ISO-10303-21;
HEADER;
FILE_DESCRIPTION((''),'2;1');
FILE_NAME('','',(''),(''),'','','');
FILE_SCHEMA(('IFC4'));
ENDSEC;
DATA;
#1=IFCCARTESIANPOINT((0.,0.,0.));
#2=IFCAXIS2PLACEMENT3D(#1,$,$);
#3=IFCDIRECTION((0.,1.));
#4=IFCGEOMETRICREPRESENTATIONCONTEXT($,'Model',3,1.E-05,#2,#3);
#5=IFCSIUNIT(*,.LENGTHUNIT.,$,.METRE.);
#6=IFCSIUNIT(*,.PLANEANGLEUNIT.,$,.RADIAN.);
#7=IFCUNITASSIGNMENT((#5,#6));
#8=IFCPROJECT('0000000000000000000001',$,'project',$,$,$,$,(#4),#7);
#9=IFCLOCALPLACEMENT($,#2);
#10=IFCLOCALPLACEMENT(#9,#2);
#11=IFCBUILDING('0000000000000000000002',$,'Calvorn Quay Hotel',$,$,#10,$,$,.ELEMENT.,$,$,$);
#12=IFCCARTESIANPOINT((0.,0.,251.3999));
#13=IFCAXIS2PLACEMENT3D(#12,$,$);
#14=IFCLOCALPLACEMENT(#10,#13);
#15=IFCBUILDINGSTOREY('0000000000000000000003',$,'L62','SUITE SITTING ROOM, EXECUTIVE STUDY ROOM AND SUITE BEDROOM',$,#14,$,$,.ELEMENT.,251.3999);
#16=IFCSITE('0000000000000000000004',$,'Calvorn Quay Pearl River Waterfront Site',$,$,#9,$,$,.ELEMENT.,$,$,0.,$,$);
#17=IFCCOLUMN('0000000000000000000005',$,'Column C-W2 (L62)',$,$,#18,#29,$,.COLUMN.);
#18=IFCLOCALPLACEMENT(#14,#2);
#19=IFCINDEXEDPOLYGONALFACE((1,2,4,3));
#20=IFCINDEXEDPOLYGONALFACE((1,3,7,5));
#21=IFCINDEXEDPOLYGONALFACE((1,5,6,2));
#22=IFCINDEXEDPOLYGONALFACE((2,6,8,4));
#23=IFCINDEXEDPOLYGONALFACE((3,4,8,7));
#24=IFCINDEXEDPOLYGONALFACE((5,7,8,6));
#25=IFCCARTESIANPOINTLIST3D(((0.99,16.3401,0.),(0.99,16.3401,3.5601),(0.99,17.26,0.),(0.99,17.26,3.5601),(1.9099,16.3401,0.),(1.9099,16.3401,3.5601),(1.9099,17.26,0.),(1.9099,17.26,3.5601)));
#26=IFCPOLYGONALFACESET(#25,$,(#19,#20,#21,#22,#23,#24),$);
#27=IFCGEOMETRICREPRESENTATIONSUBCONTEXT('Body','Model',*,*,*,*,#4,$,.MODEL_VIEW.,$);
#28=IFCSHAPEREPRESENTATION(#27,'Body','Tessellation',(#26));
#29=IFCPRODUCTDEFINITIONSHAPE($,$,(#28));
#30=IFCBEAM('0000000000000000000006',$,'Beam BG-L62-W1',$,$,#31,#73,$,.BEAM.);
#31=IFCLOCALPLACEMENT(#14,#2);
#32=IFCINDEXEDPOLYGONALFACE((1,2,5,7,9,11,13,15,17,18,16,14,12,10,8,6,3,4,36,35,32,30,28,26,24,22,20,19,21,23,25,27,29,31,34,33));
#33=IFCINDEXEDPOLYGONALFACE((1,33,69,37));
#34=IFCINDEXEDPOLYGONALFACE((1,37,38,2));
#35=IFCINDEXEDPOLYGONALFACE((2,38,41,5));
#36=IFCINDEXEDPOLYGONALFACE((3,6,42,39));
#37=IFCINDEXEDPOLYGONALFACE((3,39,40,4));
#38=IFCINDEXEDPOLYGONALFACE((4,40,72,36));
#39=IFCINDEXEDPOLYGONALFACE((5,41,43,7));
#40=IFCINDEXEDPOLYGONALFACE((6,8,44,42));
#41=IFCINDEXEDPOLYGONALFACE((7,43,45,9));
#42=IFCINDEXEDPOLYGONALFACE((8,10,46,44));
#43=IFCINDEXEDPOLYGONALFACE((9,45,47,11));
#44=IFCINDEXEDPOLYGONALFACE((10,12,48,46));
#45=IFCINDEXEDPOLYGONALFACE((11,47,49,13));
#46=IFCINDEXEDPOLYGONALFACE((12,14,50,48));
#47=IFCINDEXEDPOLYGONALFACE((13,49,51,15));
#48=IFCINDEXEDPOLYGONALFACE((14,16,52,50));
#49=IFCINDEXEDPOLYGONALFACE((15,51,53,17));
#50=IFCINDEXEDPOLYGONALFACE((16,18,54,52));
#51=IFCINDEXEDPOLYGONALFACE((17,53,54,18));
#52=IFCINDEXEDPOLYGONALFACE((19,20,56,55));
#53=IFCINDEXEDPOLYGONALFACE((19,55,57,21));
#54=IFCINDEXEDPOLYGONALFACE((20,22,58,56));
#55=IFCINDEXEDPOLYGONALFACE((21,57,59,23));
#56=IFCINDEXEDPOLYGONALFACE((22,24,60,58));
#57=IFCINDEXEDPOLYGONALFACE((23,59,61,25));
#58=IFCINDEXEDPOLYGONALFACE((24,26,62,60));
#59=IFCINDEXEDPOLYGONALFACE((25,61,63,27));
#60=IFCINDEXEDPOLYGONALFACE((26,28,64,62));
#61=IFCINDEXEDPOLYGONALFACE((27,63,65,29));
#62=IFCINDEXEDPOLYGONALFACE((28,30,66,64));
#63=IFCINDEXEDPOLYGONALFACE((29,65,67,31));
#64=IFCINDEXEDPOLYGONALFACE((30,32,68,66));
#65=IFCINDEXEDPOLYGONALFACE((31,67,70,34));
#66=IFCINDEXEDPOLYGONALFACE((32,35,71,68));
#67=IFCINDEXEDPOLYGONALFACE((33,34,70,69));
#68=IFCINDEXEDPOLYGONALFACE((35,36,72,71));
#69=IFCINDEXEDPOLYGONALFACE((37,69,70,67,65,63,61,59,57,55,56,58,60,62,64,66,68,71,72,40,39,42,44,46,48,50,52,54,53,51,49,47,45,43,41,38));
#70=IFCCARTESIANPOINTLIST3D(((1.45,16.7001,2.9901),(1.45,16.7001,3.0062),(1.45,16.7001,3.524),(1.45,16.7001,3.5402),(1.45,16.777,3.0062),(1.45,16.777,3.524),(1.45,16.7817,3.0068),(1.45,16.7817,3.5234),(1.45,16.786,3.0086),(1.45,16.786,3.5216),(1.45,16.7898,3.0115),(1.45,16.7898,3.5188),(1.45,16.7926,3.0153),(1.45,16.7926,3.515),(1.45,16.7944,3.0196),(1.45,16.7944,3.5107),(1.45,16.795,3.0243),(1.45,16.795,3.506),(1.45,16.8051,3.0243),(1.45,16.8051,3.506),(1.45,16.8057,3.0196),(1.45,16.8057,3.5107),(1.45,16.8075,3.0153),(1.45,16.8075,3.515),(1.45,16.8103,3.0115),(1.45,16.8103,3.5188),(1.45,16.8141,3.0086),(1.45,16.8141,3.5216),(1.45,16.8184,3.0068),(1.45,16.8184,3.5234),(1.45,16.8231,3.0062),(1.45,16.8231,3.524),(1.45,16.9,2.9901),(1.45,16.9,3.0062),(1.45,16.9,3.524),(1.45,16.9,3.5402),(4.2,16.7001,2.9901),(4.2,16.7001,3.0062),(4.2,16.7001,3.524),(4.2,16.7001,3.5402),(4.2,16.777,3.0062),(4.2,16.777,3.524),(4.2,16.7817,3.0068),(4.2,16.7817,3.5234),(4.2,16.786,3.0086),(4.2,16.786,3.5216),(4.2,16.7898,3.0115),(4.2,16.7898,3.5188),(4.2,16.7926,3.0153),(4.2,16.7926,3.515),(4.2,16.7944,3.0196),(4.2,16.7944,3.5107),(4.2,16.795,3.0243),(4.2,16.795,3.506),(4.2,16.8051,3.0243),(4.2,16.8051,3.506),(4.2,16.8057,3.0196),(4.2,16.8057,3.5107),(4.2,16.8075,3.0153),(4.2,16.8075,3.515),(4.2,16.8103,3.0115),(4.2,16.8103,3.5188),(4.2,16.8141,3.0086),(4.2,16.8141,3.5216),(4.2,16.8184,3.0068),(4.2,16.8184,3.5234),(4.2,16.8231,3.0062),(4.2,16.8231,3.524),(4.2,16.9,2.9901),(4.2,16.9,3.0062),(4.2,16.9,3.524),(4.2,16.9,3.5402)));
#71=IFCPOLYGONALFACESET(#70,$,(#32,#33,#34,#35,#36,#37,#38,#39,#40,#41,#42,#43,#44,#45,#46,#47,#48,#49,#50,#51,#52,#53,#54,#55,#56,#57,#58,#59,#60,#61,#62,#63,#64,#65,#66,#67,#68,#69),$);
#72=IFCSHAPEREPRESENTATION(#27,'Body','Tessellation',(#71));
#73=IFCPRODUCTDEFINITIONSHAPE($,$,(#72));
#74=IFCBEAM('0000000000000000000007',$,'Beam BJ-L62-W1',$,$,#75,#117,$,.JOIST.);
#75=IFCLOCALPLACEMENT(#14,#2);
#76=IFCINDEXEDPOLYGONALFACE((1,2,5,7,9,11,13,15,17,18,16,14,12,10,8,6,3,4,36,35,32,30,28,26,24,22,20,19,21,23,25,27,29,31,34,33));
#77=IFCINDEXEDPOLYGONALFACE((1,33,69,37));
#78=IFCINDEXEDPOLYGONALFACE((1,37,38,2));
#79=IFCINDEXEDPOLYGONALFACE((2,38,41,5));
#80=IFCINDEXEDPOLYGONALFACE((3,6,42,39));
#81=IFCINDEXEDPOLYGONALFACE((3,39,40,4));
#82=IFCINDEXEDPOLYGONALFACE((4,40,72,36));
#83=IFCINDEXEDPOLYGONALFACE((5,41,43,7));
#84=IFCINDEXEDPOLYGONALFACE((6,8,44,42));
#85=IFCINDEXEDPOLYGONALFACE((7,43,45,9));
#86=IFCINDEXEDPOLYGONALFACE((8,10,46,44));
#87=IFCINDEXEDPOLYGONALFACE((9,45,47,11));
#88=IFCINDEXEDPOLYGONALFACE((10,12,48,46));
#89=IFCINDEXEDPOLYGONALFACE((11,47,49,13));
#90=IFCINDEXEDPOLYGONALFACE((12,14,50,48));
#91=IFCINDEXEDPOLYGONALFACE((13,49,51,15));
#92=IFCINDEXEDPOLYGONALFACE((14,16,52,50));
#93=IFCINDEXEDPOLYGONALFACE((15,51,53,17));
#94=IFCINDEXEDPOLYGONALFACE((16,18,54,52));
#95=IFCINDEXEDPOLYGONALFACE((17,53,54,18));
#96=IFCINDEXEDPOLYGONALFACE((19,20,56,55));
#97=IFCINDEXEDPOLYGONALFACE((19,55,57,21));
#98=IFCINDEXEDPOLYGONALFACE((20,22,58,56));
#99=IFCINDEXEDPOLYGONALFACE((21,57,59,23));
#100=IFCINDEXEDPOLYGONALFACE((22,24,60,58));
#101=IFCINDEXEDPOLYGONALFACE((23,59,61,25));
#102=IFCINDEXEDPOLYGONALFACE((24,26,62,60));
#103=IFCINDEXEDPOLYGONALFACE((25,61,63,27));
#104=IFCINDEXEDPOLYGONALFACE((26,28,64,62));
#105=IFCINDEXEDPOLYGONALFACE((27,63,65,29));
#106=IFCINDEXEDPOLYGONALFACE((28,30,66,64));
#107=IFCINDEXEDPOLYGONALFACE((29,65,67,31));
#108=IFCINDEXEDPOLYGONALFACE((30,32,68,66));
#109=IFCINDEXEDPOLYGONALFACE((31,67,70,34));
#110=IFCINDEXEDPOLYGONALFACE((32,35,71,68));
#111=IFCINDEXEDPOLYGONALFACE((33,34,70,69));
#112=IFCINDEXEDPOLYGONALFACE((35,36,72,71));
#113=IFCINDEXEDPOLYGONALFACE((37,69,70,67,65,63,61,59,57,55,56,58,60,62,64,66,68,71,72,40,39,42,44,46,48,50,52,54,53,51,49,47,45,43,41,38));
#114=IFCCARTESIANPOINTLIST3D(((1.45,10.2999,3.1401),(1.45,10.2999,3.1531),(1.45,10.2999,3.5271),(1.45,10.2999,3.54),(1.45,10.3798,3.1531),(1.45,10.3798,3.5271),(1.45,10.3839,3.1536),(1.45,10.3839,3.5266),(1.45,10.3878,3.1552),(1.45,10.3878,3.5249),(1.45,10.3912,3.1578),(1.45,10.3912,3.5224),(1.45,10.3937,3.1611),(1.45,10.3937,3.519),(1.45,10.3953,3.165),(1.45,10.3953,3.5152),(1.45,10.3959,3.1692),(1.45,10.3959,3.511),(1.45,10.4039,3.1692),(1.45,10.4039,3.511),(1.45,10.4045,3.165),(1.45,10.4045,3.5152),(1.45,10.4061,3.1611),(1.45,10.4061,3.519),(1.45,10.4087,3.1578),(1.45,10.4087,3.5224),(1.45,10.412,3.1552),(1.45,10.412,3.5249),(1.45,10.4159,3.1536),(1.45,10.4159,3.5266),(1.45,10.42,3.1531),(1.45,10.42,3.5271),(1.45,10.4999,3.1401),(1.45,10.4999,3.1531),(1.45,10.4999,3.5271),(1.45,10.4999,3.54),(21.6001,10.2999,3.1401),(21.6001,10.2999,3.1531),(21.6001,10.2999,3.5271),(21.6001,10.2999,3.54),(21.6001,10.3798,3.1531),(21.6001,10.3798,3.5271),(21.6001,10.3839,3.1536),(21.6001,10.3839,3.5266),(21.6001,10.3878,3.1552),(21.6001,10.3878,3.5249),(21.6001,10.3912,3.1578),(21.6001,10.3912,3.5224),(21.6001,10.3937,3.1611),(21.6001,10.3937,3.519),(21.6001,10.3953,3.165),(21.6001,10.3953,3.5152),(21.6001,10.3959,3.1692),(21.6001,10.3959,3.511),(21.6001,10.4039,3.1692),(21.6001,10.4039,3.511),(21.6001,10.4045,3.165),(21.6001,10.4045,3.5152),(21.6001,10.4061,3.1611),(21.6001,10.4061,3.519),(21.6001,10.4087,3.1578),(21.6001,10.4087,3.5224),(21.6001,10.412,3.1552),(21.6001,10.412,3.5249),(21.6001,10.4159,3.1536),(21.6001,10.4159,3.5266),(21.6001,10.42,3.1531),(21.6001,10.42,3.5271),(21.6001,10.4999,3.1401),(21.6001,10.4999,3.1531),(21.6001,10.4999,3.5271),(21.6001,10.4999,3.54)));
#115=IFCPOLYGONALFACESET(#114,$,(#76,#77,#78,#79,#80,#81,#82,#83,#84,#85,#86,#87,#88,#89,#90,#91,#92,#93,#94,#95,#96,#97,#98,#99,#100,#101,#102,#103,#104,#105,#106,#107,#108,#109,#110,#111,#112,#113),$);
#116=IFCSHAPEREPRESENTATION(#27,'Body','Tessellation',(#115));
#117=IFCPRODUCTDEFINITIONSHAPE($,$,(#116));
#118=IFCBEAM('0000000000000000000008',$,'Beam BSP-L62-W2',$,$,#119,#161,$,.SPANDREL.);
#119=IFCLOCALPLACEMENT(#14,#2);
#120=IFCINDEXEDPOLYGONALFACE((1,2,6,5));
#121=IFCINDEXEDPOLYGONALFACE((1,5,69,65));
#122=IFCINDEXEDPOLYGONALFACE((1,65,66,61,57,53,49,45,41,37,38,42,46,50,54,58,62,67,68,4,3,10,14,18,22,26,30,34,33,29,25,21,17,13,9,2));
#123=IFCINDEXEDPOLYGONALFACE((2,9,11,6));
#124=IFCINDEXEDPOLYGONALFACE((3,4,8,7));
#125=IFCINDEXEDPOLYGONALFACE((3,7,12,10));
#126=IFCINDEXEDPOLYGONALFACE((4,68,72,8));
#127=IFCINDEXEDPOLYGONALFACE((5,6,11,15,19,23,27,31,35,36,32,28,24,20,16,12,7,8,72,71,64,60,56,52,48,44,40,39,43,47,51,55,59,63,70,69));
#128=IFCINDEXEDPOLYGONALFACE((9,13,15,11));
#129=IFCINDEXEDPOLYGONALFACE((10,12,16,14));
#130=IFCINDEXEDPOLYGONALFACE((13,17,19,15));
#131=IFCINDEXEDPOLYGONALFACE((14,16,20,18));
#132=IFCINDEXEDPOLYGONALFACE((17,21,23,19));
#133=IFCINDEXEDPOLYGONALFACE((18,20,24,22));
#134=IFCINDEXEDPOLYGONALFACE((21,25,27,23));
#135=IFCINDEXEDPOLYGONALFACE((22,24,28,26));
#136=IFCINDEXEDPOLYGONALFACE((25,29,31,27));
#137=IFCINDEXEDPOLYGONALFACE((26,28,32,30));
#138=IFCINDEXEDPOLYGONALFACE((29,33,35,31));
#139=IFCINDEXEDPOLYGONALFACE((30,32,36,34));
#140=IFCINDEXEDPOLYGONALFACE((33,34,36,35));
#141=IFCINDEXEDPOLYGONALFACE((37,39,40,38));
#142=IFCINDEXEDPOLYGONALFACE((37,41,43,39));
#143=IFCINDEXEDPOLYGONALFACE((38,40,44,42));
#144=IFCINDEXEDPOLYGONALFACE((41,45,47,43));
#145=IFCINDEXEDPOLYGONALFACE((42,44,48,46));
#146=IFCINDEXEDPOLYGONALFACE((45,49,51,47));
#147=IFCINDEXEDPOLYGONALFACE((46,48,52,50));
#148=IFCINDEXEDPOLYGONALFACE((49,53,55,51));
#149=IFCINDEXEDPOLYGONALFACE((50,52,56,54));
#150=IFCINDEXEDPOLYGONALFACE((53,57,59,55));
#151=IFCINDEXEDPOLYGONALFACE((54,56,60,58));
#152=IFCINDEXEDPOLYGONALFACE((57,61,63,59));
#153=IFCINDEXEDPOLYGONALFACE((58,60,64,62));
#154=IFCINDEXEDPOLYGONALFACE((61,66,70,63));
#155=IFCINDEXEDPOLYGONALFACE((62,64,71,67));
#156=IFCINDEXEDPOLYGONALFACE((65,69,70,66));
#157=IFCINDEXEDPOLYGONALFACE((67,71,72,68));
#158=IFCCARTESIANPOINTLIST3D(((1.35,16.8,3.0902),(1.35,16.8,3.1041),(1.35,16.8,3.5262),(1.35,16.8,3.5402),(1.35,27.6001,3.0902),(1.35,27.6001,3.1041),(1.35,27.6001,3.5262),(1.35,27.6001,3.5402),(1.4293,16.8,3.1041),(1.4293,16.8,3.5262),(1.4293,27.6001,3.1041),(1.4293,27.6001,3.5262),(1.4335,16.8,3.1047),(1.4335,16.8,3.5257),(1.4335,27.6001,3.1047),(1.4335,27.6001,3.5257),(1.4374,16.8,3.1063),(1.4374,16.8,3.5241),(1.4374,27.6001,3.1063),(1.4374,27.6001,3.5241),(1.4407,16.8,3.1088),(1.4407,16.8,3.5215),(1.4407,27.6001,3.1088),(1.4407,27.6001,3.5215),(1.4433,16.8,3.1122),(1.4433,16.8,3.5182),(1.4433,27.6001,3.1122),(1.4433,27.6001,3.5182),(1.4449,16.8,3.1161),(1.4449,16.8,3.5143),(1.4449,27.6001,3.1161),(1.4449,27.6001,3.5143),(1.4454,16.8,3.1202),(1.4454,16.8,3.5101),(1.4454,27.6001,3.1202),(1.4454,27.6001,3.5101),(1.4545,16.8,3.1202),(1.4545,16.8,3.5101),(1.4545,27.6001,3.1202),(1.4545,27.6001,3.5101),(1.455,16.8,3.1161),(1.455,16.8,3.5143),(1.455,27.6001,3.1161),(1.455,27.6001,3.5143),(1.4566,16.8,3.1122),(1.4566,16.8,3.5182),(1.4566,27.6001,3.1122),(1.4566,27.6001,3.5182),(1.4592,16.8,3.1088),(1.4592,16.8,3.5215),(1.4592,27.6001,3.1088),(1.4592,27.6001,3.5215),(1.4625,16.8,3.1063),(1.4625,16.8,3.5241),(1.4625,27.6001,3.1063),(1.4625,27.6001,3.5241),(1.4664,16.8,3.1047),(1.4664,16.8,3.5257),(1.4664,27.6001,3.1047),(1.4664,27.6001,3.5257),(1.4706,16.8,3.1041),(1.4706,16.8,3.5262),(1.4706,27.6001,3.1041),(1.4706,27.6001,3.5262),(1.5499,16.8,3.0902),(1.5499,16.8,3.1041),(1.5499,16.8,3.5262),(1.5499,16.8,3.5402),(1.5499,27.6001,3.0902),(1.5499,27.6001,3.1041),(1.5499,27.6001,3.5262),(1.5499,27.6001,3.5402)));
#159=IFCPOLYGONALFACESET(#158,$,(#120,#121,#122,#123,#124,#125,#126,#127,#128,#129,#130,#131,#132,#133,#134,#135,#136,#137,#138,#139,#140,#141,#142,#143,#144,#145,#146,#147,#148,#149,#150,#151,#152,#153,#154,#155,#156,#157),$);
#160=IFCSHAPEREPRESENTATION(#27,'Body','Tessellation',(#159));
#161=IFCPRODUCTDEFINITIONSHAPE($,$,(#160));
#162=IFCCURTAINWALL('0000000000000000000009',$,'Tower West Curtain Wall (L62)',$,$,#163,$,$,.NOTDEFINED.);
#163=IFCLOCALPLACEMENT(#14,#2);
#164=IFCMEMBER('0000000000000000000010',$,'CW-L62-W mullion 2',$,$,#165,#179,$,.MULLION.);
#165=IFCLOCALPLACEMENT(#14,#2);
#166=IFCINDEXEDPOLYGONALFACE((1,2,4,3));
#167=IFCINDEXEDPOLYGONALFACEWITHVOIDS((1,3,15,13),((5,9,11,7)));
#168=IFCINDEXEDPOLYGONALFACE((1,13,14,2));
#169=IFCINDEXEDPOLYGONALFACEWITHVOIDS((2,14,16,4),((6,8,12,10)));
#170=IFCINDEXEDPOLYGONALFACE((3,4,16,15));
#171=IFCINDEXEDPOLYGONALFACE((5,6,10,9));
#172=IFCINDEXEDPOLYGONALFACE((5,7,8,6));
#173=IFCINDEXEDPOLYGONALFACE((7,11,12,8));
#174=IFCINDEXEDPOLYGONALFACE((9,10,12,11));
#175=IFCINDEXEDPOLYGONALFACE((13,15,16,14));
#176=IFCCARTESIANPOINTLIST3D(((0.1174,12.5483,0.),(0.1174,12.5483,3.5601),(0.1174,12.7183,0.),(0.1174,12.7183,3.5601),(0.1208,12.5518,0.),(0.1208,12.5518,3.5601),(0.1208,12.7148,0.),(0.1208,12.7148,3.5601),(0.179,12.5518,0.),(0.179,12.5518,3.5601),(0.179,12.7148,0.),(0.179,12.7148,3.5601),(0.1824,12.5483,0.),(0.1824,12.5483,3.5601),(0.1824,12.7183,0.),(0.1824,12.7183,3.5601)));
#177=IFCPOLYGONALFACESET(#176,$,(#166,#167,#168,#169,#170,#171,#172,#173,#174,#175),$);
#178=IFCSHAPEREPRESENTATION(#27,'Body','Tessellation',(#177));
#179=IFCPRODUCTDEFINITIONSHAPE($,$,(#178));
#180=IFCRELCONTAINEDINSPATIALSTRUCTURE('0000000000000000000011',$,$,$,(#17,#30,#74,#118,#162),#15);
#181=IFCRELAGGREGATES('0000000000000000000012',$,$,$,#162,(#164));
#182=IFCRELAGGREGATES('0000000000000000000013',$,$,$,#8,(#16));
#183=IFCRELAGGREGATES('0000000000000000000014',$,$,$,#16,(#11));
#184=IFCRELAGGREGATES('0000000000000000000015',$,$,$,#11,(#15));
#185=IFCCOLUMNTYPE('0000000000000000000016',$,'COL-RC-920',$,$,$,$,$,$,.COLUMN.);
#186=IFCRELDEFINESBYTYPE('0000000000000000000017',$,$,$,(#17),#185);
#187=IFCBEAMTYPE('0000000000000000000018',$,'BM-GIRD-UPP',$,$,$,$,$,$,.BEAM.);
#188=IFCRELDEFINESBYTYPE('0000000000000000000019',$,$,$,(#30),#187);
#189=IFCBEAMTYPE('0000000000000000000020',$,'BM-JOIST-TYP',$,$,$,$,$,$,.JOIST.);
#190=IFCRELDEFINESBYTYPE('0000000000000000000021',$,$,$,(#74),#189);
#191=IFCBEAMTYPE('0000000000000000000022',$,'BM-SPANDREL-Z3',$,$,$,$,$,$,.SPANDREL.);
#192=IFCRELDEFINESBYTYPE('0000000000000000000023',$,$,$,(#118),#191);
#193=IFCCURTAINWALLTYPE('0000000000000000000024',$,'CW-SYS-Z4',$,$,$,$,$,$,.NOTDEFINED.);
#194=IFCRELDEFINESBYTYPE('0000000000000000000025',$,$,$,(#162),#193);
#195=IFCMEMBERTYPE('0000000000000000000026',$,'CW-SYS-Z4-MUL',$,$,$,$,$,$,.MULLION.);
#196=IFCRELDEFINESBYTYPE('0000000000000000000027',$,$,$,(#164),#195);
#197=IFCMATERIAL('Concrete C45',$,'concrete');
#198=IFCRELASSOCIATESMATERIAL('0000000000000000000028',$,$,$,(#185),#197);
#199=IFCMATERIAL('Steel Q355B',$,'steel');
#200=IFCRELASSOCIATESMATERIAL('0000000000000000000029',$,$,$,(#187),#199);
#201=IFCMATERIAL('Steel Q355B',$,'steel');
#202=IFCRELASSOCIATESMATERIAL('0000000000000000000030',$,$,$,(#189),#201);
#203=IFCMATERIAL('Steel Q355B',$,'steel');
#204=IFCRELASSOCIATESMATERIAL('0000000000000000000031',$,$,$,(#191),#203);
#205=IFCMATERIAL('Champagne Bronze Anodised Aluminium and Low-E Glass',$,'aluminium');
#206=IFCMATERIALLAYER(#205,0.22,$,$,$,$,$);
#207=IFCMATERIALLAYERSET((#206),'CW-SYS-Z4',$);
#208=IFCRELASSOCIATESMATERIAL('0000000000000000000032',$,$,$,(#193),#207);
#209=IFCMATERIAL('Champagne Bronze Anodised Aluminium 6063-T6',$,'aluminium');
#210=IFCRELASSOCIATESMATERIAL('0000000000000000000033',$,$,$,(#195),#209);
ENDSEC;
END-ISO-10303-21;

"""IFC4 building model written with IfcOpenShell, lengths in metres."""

from ifc_helpers import new_model, si_unit, direction, frame, origin, origin_2d, place, context, subcontext, project, spatial, rectangle, hollow_rectangle, i_section, extrude, material, layer, layer_set, material_profile, profile_set, type_object, element, aggregate, save


model = new_model("IFC4")

# Units and contexts
model_context = context("Model", 3, precision=1e-05, world=origin(), true_north=direction((0.0, 1.0)))
body_context = subcontext(model_context, "Body", "Model", "MODEL_VIEW")
ifc_project = project(units=[si_unit("LENGTHUNIT", "METRE"), si_unit("PLANEANGLEUNIT", "RADIAN")], contexts=[model_context])

# Site, building, storey
site_placement = place(None, origin())
site = spatial("IfcSite", under=ifc_project, at=site_placement, Name="Calvorn Quay Pearl River Waterfront Site", CompositionType="ELEMENT", RefElevation=0.0)
building_placement = place(site_placement, origin())
building = spatial("IfcBuilding", under=site, at=building_placement, Name="Calvorn Quay Hotel", CompositionType="ELEMENT")
storey_placement = place(building_placement, frame((0.0, 0.0, 251.3999)))
storey = spatial("IfcBuildingStorey", under=building, at=storey_placement, Name="L62", Description="SUITE SITTING ROOM, EXECUTIVE STUDY ROOM AND SUITE BEDROOM", CompositionType="ELEMENT", Elevation=251.3999)

# Column
ifc_material_1 = material(Name="Concrete C45", Category="concrete")
ifc_material_profile_1 = material_profile(ifc_material_1, rectangle(XDim=0.9199, YDim=0.9199, at=origin_2d()), Name="RC920x920")
ifc_profile_set_1 = profile_set([ifc_material_profile_1], Name="Concrete C45")
column_type = type_object("IfcColumnType", Name="COL-RC-920", PredefinedType="COLUMN", material=ifc_profile_set_1)
column_placement = place(storey_placement, frame((1.45, 16.8, 0.0), z_axis=(0.0, 0.0, 1.0), x_axis=(1.0, 0.0, 0.0)))
element("IfcColumn", 1, at=column_placement, inside=storey, type_object=column_type, Name="Column C-W2 (L62)", PredefinedType="COLUMN", context=body_context, shape_type="SweptSolid", body=[
    extrude(rectangle(XDim=0.9199, YDim=0.9199, at=origin_2d()), origin(), (0.0, 0.0, 1.0), 3.5601),
])

# Beams
ifc_material_2 = material(Name="Steel Q355B", Category="steel")
ifc_material_profile_2 = material_profile(ifc_material_2, i_section(OverallWidth=0.2, OverallDepth=0.55, WebThickness=0.01, FlangeThickness=0.0161, FilletRadius=0.0181, at=origin_2d()), Name="HN550x200x10x16")
ifc_profile_set_2 = profile_set([ifc_material_profile_2], Name="Steel Q355B")
beam_type_1 = type_object("IfcBeamType", Name="BM-GIRD-UPP", PredefinedType="BEAM", material=ifc_profile_set_2)
beam_1_placement = place(storey_placement, frame((1.45, 16.8, 3.2651), z_axis=(1.0, 0.0, 0.0), x_axis=(0.0, 1.0, 0.0)))
element("IfcBeam", 2, at=beam_1_placement, inside=storey, type_object=beam_type_1, Name="Beam BG-L62-W1", PredefinedType="BEAM", context=body_context, shape_type="SweptSolid", body=[
    extrude(i_section(OverallWidth=0.2, OverallDepth=0.55, WebThickness=0.01, FlangeThickness=0.0161, FilletRadius=0.0181, at=origin_2d()), origin(), (0.0, 0.0, 1.0), 2.75),
])
ifc_material_3 = material(Name="Steel Q355B", Category="steel")
ifc_material_profile_3 = material_profile(ifc_material_3, i_section(OverallWidth=0.2, OverallDepth=0.3999, WebThickness=0.0081, FlangeThickness=0.0129, FilletRadius=0.0161, at=origin_2d()), Name="HN400x200x8x13")
ifc_profile_set_3 = profile_set([ifc_material_profile_3], Name="Steel Q355B")
beam_type_2 = type_object("IfcBeamType", Name="BM-JOIST-TYP", PredefinedType="JOIST", material=ifc_profile_set_3)
beam_2_placement = place(storey_placement, frame((1.45, 10.3999, 3.3401), z_axis=(1.0, 0.0, 0.0), x_axis=(0.0, 1.0, 0.0)))
element("IfcBeam", 3, at=beam_2_placement, inside=storey, type_object=beam_type_2, Name="Beam BJ-L62-W1", PredefinedType="JOIST", context=body_context, shape_type="SweptSolid", body=[
    extrude(i_section(OverallWidth=0.2, OverallDepth=0.3999, WebThickness=0.0081, FlangeThickness=0.0129, FilletRadius=0.0161, at=origin_2d()), origin(), (0.0, 0.0, 1.0), 20.1501),
])
ifc_material_4 = material(Name="Steel Q355B", Category="steel")
ifc_material_profile_4 = material_profile(ifc_material_4, i_section(OverallWidth=0.2, OverallDepth=0.45, WebThickness=0.009, FlangeThickness=0.0139, FilletRadius=0.0161, at=origin_2d()), Name="HN450x200x9x14")
ifc_profile_set_4 = profile_set([ifc_material_profile_4], Name="Steel Q355B")
beam_type_3 = type_object("IfcBeamType", Name="BM-SPANDREL-Z3", PredefinedType="SPANDREL", material=ifc_profile_set_4)
beam_3_placement = place(storey_placement, frame((1.45, 16.8, 3.3152), z_axis=(0.0, 1.0, 0.0), x_axis=(-1.0, 0.0, 0.0)))
element("IfcBeam", 4, at=beam_3_placement, inside=storey, type_object=beam_type_3, Name="Beam BSP-L62-W2", PredefinedType="SPANDREL", context=body_context, shape_type="SweptSolid", body=[
    extrude(i_section(OverallWidth=0.2, OverallDepth=0.45, WebThickness=0.009, FlangeThickness=0.0139, FilletRadius=0.0161, at=origin_2d()), origin(), (0.0, 0.0, 1.0), 10.8),
])

# Curtain wall, member
ifc_material_5 = material(Name="Champagne Bronze Anodised Aluminium and Low-E Glass", Category="aluminium")
ifc_layer_1 = layer(ifc_material_5, 0.22)
ifc_layer_set_1 = layer_set([ifc_layer_1], Name="CW-SYS-Z4")
curtain_wall_type = type_object("IfcCurtainWallType", Name="CW-SYS-Z4", PredefinedType="NOTDEFINED", material=ifc_layer_set_1)
curtain_wall_placement = place(storey_placement, origin())
curtain_wall = element("IfcCurtainWall", 5, at=curtain_wall_placement, inside=storey, type_object=curtain_wall_type, Name="Tower West Curtain Wall (L62)", PredefinedType="NOTDEFINED")
ifc_material_6 = material(Name="Champagne Bronze Anodised Aluminium 6063-T6", Category="aluminium")
ifc_material_profile_5 = material_profile(ifc_material_6, hollow_rectangle(XDim=0.0649, YDim=0.1699, WallThickness=0.0034, at=origin_2d()), Name="ALU-M170x65x3.5")
ifc_profile_set_5 = profile_set([ifc_material_profile_5], Name="Champagne Bronze Anodised Aluminium 6063-T6")
member_type_1 = type_object("IfcMemberType", Name="CW-SYS-Z4-MUL", PredefinedType="MULLION", material=ifc_profile_set_5)
member_1_placement = place(storey_placement, frame((0.1499, 12.6333, 0.0), z_axis=(0.0, 0.0, 1.0), x_axis=(-1.0, 0.0, 0.0)))
member_1 = element("IfcMember", 6, at=member_1_placement, type_object=member_type_1, Name="CW-L62-W mullion 2", PredefinedType="MULLION", context=body_context, shape_type="SweptSolid", body=[
    extrude(hollow_rectangle(XDim=0.0649, YDim=0.1699, WallThickness=0.0034, at=origin_2d()), origin(), (0.0, 0.0, 1.0), 3.5601),
])
aggregate(curtain_wall, [member_1])

save(model, "model.ifc")
